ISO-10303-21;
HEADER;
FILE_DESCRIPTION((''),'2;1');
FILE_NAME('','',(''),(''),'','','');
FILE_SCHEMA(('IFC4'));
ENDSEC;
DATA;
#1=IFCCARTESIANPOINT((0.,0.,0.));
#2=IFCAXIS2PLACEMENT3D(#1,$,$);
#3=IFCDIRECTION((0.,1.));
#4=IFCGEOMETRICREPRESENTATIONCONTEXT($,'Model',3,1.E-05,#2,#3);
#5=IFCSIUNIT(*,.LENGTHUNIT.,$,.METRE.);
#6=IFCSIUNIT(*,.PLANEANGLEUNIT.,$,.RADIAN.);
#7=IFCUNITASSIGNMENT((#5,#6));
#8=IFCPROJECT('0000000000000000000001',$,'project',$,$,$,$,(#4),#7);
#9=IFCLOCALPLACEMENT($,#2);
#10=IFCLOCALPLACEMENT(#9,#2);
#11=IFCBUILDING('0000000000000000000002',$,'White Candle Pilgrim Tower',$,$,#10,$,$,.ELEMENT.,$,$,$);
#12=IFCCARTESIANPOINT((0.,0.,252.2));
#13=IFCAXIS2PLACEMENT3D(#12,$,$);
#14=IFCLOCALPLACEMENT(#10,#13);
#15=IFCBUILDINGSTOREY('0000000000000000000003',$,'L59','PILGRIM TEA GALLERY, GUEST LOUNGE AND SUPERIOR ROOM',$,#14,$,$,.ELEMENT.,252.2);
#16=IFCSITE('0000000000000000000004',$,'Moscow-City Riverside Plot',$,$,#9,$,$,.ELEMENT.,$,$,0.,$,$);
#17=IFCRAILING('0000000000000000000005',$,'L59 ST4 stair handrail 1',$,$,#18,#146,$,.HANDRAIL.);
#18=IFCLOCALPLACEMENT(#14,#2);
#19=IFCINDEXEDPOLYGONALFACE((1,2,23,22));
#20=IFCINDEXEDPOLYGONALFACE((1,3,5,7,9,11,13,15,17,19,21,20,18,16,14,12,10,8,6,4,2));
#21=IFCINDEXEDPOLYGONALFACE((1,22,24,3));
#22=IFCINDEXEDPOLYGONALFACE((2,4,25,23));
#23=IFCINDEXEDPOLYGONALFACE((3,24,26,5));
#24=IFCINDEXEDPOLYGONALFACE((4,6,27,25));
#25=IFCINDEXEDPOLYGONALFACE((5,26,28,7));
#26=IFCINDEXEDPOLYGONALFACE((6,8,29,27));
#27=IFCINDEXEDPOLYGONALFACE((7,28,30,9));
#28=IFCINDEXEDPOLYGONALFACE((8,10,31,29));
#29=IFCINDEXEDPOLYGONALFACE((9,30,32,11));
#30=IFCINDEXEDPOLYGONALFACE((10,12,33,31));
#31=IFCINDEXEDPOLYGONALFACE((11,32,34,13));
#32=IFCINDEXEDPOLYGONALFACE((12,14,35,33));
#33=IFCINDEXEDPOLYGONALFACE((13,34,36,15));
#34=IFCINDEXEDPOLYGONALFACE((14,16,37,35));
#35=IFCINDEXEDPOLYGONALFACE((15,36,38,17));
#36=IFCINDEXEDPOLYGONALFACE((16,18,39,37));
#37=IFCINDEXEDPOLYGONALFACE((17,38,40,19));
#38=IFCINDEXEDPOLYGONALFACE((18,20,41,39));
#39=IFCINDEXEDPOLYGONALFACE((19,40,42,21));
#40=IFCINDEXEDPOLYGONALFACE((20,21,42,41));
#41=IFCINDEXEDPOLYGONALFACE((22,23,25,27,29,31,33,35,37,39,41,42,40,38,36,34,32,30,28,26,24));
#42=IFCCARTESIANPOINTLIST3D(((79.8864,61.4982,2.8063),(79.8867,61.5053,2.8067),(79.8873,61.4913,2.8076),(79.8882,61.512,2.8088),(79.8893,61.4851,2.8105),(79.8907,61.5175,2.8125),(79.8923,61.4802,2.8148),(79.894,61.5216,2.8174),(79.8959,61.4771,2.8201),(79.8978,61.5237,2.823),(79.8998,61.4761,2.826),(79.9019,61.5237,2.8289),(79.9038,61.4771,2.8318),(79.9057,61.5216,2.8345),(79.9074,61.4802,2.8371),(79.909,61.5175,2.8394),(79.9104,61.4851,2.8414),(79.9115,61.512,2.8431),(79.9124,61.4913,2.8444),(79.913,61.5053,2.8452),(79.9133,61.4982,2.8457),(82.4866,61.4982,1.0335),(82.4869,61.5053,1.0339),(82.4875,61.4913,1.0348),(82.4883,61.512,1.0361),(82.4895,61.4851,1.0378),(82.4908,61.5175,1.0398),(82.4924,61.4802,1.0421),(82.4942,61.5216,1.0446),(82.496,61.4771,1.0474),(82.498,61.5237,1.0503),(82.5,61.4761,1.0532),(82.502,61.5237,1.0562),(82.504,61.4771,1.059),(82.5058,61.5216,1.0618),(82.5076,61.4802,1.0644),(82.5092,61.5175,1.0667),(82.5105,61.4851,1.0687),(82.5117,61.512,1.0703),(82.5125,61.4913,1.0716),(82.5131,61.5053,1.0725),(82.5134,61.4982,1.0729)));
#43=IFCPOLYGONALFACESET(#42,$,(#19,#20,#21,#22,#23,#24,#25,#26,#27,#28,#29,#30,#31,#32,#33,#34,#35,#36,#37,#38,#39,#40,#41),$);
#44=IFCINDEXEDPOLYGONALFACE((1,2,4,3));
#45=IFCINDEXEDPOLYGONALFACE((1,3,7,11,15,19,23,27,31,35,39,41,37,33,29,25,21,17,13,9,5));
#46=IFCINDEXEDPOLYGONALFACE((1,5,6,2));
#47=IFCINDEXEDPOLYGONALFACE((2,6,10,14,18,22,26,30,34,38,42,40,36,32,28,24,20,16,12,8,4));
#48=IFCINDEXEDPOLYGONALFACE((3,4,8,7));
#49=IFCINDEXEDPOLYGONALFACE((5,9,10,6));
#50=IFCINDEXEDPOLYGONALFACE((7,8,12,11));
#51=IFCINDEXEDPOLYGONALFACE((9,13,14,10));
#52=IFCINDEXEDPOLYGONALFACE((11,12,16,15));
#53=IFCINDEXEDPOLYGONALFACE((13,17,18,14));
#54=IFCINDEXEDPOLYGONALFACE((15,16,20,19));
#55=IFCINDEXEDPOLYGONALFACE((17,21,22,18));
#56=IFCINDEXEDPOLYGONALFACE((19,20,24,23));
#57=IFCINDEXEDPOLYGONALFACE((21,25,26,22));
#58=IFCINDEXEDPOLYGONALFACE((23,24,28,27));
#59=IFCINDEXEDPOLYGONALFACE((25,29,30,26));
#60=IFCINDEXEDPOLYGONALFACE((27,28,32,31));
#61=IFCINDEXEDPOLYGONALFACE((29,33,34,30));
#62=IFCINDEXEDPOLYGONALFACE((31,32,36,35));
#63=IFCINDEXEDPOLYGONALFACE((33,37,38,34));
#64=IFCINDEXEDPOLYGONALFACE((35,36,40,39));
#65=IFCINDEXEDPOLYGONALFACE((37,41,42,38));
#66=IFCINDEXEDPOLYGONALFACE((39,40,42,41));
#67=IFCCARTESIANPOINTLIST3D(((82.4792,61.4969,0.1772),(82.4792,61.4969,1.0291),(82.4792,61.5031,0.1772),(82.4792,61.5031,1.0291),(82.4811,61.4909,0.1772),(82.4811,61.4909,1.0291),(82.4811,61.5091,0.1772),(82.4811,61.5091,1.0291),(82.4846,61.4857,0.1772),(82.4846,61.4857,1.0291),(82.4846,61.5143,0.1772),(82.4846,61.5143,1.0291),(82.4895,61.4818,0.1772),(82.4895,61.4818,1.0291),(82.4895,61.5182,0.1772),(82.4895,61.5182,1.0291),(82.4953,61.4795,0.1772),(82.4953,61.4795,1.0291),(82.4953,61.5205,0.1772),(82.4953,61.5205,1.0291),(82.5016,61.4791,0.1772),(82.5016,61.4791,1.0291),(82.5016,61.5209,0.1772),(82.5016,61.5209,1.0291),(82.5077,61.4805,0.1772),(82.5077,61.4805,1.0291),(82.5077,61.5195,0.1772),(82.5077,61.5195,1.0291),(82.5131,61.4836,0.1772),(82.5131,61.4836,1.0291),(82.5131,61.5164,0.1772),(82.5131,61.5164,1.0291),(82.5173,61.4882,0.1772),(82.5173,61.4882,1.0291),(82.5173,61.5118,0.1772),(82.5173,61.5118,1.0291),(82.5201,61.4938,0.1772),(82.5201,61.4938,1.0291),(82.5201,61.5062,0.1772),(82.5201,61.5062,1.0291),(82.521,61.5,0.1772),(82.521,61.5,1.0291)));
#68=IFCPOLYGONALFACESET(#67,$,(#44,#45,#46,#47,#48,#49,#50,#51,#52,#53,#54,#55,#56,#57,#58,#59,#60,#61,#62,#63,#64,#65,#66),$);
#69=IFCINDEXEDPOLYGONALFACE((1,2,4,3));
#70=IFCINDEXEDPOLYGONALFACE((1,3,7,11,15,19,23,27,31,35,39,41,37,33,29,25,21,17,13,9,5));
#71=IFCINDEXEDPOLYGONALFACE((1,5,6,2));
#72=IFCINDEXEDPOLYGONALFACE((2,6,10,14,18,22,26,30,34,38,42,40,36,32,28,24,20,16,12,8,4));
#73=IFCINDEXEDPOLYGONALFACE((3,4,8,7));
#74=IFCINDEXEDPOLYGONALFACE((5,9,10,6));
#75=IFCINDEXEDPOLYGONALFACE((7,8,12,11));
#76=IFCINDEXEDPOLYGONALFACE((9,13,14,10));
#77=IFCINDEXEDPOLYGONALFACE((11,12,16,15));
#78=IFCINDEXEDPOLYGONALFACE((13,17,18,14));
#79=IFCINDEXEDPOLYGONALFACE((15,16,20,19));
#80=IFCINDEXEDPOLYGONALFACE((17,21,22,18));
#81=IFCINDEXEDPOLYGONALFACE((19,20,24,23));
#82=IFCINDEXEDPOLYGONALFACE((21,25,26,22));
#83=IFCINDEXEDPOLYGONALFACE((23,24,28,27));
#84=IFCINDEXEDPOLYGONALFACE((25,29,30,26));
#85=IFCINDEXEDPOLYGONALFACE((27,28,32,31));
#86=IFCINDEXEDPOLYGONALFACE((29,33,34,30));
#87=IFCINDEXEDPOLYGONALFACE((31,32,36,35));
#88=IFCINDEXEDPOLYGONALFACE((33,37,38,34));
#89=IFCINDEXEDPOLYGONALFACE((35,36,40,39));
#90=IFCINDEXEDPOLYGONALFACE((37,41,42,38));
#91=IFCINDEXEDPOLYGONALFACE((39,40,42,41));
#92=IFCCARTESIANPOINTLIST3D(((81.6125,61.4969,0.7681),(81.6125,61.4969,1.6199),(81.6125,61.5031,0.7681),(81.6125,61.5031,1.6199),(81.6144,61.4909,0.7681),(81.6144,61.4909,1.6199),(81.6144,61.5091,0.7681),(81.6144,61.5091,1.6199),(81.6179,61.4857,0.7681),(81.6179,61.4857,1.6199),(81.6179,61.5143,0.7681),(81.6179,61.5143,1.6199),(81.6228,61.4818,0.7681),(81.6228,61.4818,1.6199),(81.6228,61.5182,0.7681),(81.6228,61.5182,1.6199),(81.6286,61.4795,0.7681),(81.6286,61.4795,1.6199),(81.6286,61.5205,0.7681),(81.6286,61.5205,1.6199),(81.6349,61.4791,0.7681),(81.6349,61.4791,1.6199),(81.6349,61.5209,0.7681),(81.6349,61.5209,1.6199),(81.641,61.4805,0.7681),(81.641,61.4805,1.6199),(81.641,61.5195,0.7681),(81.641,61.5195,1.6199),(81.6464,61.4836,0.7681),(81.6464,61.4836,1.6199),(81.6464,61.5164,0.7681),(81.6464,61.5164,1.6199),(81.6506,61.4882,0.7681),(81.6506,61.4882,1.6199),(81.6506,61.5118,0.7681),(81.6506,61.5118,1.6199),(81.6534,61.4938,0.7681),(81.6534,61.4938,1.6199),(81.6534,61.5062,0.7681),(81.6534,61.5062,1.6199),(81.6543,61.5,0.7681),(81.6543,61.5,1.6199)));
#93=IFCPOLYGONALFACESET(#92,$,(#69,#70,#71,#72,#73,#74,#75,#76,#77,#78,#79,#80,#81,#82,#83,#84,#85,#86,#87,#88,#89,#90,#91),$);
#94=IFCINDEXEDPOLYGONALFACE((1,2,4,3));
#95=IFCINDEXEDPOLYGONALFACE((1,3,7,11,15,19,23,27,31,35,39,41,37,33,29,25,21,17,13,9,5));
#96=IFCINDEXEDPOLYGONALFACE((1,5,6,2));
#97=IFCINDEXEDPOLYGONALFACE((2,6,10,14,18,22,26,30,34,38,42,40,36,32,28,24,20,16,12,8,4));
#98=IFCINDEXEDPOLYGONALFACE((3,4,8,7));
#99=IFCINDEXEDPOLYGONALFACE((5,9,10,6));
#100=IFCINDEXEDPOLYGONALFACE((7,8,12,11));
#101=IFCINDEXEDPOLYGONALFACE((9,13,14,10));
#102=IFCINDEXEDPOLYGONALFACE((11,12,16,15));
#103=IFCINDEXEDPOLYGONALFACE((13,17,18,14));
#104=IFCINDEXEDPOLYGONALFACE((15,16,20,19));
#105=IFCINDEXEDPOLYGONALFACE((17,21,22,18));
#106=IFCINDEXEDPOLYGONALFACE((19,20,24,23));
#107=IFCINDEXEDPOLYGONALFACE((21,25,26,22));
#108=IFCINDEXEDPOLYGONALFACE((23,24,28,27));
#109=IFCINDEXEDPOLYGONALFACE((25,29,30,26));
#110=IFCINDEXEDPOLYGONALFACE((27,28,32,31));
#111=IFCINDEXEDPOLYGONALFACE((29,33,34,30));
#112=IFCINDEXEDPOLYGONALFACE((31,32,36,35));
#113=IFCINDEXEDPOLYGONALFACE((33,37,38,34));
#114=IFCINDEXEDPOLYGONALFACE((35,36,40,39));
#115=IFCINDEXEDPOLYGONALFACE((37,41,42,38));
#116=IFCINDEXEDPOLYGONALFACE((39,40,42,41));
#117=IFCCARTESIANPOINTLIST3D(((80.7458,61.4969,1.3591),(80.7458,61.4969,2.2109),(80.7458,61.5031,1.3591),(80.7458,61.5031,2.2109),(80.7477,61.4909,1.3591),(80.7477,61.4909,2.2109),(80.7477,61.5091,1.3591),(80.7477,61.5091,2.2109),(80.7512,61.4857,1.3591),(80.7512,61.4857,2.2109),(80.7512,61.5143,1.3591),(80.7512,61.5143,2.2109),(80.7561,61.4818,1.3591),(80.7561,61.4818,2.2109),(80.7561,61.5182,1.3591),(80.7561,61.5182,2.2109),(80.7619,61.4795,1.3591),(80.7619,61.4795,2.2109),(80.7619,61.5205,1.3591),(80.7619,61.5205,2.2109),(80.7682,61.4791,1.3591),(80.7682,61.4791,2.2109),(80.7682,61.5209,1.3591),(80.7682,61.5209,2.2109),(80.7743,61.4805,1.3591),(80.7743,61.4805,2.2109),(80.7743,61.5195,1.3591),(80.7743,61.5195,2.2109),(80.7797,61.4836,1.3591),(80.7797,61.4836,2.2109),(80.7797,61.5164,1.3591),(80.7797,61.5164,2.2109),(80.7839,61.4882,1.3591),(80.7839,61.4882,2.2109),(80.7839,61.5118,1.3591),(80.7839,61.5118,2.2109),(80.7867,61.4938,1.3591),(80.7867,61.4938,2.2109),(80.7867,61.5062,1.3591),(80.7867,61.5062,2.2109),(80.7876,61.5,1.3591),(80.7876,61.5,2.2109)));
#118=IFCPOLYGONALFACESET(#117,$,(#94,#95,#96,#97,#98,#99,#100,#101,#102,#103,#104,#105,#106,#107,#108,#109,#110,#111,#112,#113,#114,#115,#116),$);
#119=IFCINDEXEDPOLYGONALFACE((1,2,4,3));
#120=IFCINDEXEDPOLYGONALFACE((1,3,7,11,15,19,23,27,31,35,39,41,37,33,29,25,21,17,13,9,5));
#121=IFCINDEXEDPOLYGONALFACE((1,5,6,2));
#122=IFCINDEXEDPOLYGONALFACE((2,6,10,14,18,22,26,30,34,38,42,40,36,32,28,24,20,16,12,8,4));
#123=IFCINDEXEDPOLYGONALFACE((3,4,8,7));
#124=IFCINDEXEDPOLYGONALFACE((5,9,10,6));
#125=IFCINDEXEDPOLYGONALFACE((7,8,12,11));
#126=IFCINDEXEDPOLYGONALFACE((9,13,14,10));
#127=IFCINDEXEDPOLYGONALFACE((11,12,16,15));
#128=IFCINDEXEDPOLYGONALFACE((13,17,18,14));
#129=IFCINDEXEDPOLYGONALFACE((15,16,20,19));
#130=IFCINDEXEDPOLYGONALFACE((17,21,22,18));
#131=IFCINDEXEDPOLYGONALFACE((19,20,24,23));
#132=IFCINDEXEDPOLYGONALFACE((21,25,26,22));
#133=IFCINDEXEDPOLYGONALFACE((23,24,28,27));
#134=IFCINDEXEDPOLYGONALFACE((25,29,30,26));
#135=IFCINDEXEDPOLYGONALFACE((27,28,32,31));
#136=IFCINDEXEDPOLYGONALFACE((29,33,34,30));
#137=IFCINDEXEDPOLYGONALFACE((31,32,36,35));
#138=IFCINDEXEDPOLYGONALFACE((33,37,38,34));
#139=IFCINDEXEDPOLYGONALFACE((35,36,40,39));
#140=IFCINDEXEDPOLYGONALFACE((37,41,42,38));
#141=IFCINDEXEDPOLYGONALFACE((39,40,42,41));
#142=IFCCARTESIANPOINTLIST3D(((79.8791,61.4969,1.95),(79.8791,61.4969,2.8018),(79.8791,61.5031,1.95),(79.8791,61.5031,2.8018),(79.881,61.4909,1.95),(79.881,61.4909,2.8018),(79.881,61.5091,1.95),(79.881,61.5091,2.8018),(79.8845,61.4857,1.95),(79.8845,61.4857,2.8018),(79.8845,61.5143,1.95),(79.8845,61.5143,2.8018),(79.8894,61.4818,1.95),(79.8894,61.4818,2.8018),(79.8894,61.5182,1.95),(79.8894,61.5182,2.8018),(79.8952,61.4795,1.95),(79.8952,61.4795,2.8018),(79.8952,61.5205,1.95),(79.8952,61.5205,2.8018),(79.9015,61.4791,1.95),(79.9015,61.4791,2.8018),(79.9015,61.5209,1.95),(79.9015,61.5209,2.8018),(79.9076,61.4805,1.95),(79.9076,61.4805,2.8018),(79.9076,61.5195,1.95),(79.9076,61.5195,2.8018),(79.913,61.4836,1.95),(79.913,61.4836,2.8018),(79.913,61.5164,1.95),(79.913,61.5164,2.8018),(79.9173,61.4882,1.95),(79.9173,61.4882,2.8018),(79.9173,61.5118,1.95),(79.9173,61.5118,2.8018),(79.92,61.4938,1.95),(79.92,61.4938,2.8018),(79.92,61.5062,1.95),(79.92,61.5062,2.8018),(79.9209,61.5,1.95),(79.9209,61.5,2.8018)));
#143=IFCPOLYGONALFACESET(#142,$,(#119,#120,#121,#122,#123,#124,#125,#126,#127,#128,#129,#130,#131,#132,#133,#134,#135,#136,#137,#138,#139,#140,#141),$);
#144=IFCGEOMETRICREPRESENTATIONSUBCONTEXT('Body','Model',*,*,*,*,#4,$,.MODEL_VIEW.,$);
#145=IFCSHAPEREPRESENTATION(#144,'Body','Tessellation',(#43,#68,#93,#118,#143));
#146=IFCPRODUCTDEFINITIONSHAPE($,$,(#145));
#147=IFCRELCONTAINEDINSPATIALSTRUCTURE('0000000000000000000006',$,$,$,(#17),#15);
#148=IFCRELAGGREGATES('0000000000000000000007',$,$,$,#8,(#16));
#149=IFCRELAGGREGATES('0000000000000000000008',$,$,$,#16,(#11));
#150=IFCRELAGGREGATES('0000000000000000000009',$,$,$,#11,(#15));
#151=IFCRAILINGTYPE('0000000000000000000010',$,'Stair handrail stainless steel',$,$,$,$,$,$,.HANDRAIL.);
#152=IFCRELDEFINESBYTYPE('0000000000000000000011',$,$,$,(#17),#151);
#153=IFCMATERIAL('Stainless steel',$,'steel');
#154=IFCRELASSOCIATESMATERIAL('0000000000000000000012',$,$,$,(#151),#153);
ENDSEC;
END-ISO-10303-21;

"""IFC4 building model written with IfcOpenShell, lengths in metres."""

from ifc_helpers import new_model, si_unit, direction, frame, origin, origin_2d, place, context, subcontext, project, spatial, circle, extrude, material, type_object, element, save


model = new_model("IFC4")

# Units and contexts
model_context = context("Model", 3, precision=1e-05, world=origin(), true_north=direction((0.0, 1.0)))
body_context = subcontext(model_context, "Body", "Model", "MODEL_VIEW")
ifc_project = project(units=[si_unit("LENGTHUNIT", "METRE"), si_unit("PLANEANGLEUNIT", "RADIAN")], contexts=[model_context])

# Site, building, storey
site_placement = place(None, origin())
site = spatial("IfcSite", under=ifc_project, at=site_placement, Name="Moscow-City Riverside Plot", CompositionType="ELEMENT", RefElevation=0.0)
building_placement = place(site_placement, origin())
building = spatial("IfcBuilding", under=site, at=building_placement, Name="White Candle Pilgrim Tower", CompositionType="ELEMENT")
storey_placement = place(building_placement, frame((0.0, 0.0, 252.2)))
storey = spatial("IfcBuildingStorey", under=building, at=storey_placement, Name="L59", Description="PILGRIM TEA GALLERY, GUEST LOUNGE AND SUPERIOR ROOM", CompositionType="ELEMENT", Elevation=252.2)

# Railing
ifc_material_1 = material(Name="Stainless steel", Category="steel")
railing_type_1 = type_object("IfcRailingType", Name="Stair handrail stainless steel", PredefinedType="HANDRAIL", material=ifc_material_1)
railing_1_placement = place(storey_placement, frame((82.5, 61.5, 0.1772)))
element("IfcRailing", 1, at=railing_1_placement, inside=storey, type_object=railing_type_1, Name="L59 ST4 stair handrail 1", PredefinedType="HANDRAIL", context=body_context, shape_type="SweptSolid", body=[
    extrude(circle(Radius=0.0239, at=origin_2d()), frame((0.0, 0.0, 0.876), z_axis=(-0.82624, 0.0, 0.563318), x_axis=(0.0, -1.0, 0.0)), (0.0, 0.0, 1.0), 3.147),
    extrude(circle(Radius=0.021, at=origin_2d()), origin(), (0.0, 0.0, 1.0), 0.8518),
    extrude(circle(Radius=0.021, at=origin_2d()), frame((-0.8667, 0.0, 0.5908)), (0.0, 0.0, 1.0), 0.8518),
    extrude(circle(Radius=0.021, at=origin_2d()), frame((-1.7334, 0.0, 1.1819)), (0.0, 0.0, 1.0), 0.8518),
    extrude(circle(Radius=0.021, at=origin_2d()), frame((-2.6001, 0.0, 1.7727)), (0.0, 0.0, 1.0), 0.8518),
])

save(model, "model.ifc")
